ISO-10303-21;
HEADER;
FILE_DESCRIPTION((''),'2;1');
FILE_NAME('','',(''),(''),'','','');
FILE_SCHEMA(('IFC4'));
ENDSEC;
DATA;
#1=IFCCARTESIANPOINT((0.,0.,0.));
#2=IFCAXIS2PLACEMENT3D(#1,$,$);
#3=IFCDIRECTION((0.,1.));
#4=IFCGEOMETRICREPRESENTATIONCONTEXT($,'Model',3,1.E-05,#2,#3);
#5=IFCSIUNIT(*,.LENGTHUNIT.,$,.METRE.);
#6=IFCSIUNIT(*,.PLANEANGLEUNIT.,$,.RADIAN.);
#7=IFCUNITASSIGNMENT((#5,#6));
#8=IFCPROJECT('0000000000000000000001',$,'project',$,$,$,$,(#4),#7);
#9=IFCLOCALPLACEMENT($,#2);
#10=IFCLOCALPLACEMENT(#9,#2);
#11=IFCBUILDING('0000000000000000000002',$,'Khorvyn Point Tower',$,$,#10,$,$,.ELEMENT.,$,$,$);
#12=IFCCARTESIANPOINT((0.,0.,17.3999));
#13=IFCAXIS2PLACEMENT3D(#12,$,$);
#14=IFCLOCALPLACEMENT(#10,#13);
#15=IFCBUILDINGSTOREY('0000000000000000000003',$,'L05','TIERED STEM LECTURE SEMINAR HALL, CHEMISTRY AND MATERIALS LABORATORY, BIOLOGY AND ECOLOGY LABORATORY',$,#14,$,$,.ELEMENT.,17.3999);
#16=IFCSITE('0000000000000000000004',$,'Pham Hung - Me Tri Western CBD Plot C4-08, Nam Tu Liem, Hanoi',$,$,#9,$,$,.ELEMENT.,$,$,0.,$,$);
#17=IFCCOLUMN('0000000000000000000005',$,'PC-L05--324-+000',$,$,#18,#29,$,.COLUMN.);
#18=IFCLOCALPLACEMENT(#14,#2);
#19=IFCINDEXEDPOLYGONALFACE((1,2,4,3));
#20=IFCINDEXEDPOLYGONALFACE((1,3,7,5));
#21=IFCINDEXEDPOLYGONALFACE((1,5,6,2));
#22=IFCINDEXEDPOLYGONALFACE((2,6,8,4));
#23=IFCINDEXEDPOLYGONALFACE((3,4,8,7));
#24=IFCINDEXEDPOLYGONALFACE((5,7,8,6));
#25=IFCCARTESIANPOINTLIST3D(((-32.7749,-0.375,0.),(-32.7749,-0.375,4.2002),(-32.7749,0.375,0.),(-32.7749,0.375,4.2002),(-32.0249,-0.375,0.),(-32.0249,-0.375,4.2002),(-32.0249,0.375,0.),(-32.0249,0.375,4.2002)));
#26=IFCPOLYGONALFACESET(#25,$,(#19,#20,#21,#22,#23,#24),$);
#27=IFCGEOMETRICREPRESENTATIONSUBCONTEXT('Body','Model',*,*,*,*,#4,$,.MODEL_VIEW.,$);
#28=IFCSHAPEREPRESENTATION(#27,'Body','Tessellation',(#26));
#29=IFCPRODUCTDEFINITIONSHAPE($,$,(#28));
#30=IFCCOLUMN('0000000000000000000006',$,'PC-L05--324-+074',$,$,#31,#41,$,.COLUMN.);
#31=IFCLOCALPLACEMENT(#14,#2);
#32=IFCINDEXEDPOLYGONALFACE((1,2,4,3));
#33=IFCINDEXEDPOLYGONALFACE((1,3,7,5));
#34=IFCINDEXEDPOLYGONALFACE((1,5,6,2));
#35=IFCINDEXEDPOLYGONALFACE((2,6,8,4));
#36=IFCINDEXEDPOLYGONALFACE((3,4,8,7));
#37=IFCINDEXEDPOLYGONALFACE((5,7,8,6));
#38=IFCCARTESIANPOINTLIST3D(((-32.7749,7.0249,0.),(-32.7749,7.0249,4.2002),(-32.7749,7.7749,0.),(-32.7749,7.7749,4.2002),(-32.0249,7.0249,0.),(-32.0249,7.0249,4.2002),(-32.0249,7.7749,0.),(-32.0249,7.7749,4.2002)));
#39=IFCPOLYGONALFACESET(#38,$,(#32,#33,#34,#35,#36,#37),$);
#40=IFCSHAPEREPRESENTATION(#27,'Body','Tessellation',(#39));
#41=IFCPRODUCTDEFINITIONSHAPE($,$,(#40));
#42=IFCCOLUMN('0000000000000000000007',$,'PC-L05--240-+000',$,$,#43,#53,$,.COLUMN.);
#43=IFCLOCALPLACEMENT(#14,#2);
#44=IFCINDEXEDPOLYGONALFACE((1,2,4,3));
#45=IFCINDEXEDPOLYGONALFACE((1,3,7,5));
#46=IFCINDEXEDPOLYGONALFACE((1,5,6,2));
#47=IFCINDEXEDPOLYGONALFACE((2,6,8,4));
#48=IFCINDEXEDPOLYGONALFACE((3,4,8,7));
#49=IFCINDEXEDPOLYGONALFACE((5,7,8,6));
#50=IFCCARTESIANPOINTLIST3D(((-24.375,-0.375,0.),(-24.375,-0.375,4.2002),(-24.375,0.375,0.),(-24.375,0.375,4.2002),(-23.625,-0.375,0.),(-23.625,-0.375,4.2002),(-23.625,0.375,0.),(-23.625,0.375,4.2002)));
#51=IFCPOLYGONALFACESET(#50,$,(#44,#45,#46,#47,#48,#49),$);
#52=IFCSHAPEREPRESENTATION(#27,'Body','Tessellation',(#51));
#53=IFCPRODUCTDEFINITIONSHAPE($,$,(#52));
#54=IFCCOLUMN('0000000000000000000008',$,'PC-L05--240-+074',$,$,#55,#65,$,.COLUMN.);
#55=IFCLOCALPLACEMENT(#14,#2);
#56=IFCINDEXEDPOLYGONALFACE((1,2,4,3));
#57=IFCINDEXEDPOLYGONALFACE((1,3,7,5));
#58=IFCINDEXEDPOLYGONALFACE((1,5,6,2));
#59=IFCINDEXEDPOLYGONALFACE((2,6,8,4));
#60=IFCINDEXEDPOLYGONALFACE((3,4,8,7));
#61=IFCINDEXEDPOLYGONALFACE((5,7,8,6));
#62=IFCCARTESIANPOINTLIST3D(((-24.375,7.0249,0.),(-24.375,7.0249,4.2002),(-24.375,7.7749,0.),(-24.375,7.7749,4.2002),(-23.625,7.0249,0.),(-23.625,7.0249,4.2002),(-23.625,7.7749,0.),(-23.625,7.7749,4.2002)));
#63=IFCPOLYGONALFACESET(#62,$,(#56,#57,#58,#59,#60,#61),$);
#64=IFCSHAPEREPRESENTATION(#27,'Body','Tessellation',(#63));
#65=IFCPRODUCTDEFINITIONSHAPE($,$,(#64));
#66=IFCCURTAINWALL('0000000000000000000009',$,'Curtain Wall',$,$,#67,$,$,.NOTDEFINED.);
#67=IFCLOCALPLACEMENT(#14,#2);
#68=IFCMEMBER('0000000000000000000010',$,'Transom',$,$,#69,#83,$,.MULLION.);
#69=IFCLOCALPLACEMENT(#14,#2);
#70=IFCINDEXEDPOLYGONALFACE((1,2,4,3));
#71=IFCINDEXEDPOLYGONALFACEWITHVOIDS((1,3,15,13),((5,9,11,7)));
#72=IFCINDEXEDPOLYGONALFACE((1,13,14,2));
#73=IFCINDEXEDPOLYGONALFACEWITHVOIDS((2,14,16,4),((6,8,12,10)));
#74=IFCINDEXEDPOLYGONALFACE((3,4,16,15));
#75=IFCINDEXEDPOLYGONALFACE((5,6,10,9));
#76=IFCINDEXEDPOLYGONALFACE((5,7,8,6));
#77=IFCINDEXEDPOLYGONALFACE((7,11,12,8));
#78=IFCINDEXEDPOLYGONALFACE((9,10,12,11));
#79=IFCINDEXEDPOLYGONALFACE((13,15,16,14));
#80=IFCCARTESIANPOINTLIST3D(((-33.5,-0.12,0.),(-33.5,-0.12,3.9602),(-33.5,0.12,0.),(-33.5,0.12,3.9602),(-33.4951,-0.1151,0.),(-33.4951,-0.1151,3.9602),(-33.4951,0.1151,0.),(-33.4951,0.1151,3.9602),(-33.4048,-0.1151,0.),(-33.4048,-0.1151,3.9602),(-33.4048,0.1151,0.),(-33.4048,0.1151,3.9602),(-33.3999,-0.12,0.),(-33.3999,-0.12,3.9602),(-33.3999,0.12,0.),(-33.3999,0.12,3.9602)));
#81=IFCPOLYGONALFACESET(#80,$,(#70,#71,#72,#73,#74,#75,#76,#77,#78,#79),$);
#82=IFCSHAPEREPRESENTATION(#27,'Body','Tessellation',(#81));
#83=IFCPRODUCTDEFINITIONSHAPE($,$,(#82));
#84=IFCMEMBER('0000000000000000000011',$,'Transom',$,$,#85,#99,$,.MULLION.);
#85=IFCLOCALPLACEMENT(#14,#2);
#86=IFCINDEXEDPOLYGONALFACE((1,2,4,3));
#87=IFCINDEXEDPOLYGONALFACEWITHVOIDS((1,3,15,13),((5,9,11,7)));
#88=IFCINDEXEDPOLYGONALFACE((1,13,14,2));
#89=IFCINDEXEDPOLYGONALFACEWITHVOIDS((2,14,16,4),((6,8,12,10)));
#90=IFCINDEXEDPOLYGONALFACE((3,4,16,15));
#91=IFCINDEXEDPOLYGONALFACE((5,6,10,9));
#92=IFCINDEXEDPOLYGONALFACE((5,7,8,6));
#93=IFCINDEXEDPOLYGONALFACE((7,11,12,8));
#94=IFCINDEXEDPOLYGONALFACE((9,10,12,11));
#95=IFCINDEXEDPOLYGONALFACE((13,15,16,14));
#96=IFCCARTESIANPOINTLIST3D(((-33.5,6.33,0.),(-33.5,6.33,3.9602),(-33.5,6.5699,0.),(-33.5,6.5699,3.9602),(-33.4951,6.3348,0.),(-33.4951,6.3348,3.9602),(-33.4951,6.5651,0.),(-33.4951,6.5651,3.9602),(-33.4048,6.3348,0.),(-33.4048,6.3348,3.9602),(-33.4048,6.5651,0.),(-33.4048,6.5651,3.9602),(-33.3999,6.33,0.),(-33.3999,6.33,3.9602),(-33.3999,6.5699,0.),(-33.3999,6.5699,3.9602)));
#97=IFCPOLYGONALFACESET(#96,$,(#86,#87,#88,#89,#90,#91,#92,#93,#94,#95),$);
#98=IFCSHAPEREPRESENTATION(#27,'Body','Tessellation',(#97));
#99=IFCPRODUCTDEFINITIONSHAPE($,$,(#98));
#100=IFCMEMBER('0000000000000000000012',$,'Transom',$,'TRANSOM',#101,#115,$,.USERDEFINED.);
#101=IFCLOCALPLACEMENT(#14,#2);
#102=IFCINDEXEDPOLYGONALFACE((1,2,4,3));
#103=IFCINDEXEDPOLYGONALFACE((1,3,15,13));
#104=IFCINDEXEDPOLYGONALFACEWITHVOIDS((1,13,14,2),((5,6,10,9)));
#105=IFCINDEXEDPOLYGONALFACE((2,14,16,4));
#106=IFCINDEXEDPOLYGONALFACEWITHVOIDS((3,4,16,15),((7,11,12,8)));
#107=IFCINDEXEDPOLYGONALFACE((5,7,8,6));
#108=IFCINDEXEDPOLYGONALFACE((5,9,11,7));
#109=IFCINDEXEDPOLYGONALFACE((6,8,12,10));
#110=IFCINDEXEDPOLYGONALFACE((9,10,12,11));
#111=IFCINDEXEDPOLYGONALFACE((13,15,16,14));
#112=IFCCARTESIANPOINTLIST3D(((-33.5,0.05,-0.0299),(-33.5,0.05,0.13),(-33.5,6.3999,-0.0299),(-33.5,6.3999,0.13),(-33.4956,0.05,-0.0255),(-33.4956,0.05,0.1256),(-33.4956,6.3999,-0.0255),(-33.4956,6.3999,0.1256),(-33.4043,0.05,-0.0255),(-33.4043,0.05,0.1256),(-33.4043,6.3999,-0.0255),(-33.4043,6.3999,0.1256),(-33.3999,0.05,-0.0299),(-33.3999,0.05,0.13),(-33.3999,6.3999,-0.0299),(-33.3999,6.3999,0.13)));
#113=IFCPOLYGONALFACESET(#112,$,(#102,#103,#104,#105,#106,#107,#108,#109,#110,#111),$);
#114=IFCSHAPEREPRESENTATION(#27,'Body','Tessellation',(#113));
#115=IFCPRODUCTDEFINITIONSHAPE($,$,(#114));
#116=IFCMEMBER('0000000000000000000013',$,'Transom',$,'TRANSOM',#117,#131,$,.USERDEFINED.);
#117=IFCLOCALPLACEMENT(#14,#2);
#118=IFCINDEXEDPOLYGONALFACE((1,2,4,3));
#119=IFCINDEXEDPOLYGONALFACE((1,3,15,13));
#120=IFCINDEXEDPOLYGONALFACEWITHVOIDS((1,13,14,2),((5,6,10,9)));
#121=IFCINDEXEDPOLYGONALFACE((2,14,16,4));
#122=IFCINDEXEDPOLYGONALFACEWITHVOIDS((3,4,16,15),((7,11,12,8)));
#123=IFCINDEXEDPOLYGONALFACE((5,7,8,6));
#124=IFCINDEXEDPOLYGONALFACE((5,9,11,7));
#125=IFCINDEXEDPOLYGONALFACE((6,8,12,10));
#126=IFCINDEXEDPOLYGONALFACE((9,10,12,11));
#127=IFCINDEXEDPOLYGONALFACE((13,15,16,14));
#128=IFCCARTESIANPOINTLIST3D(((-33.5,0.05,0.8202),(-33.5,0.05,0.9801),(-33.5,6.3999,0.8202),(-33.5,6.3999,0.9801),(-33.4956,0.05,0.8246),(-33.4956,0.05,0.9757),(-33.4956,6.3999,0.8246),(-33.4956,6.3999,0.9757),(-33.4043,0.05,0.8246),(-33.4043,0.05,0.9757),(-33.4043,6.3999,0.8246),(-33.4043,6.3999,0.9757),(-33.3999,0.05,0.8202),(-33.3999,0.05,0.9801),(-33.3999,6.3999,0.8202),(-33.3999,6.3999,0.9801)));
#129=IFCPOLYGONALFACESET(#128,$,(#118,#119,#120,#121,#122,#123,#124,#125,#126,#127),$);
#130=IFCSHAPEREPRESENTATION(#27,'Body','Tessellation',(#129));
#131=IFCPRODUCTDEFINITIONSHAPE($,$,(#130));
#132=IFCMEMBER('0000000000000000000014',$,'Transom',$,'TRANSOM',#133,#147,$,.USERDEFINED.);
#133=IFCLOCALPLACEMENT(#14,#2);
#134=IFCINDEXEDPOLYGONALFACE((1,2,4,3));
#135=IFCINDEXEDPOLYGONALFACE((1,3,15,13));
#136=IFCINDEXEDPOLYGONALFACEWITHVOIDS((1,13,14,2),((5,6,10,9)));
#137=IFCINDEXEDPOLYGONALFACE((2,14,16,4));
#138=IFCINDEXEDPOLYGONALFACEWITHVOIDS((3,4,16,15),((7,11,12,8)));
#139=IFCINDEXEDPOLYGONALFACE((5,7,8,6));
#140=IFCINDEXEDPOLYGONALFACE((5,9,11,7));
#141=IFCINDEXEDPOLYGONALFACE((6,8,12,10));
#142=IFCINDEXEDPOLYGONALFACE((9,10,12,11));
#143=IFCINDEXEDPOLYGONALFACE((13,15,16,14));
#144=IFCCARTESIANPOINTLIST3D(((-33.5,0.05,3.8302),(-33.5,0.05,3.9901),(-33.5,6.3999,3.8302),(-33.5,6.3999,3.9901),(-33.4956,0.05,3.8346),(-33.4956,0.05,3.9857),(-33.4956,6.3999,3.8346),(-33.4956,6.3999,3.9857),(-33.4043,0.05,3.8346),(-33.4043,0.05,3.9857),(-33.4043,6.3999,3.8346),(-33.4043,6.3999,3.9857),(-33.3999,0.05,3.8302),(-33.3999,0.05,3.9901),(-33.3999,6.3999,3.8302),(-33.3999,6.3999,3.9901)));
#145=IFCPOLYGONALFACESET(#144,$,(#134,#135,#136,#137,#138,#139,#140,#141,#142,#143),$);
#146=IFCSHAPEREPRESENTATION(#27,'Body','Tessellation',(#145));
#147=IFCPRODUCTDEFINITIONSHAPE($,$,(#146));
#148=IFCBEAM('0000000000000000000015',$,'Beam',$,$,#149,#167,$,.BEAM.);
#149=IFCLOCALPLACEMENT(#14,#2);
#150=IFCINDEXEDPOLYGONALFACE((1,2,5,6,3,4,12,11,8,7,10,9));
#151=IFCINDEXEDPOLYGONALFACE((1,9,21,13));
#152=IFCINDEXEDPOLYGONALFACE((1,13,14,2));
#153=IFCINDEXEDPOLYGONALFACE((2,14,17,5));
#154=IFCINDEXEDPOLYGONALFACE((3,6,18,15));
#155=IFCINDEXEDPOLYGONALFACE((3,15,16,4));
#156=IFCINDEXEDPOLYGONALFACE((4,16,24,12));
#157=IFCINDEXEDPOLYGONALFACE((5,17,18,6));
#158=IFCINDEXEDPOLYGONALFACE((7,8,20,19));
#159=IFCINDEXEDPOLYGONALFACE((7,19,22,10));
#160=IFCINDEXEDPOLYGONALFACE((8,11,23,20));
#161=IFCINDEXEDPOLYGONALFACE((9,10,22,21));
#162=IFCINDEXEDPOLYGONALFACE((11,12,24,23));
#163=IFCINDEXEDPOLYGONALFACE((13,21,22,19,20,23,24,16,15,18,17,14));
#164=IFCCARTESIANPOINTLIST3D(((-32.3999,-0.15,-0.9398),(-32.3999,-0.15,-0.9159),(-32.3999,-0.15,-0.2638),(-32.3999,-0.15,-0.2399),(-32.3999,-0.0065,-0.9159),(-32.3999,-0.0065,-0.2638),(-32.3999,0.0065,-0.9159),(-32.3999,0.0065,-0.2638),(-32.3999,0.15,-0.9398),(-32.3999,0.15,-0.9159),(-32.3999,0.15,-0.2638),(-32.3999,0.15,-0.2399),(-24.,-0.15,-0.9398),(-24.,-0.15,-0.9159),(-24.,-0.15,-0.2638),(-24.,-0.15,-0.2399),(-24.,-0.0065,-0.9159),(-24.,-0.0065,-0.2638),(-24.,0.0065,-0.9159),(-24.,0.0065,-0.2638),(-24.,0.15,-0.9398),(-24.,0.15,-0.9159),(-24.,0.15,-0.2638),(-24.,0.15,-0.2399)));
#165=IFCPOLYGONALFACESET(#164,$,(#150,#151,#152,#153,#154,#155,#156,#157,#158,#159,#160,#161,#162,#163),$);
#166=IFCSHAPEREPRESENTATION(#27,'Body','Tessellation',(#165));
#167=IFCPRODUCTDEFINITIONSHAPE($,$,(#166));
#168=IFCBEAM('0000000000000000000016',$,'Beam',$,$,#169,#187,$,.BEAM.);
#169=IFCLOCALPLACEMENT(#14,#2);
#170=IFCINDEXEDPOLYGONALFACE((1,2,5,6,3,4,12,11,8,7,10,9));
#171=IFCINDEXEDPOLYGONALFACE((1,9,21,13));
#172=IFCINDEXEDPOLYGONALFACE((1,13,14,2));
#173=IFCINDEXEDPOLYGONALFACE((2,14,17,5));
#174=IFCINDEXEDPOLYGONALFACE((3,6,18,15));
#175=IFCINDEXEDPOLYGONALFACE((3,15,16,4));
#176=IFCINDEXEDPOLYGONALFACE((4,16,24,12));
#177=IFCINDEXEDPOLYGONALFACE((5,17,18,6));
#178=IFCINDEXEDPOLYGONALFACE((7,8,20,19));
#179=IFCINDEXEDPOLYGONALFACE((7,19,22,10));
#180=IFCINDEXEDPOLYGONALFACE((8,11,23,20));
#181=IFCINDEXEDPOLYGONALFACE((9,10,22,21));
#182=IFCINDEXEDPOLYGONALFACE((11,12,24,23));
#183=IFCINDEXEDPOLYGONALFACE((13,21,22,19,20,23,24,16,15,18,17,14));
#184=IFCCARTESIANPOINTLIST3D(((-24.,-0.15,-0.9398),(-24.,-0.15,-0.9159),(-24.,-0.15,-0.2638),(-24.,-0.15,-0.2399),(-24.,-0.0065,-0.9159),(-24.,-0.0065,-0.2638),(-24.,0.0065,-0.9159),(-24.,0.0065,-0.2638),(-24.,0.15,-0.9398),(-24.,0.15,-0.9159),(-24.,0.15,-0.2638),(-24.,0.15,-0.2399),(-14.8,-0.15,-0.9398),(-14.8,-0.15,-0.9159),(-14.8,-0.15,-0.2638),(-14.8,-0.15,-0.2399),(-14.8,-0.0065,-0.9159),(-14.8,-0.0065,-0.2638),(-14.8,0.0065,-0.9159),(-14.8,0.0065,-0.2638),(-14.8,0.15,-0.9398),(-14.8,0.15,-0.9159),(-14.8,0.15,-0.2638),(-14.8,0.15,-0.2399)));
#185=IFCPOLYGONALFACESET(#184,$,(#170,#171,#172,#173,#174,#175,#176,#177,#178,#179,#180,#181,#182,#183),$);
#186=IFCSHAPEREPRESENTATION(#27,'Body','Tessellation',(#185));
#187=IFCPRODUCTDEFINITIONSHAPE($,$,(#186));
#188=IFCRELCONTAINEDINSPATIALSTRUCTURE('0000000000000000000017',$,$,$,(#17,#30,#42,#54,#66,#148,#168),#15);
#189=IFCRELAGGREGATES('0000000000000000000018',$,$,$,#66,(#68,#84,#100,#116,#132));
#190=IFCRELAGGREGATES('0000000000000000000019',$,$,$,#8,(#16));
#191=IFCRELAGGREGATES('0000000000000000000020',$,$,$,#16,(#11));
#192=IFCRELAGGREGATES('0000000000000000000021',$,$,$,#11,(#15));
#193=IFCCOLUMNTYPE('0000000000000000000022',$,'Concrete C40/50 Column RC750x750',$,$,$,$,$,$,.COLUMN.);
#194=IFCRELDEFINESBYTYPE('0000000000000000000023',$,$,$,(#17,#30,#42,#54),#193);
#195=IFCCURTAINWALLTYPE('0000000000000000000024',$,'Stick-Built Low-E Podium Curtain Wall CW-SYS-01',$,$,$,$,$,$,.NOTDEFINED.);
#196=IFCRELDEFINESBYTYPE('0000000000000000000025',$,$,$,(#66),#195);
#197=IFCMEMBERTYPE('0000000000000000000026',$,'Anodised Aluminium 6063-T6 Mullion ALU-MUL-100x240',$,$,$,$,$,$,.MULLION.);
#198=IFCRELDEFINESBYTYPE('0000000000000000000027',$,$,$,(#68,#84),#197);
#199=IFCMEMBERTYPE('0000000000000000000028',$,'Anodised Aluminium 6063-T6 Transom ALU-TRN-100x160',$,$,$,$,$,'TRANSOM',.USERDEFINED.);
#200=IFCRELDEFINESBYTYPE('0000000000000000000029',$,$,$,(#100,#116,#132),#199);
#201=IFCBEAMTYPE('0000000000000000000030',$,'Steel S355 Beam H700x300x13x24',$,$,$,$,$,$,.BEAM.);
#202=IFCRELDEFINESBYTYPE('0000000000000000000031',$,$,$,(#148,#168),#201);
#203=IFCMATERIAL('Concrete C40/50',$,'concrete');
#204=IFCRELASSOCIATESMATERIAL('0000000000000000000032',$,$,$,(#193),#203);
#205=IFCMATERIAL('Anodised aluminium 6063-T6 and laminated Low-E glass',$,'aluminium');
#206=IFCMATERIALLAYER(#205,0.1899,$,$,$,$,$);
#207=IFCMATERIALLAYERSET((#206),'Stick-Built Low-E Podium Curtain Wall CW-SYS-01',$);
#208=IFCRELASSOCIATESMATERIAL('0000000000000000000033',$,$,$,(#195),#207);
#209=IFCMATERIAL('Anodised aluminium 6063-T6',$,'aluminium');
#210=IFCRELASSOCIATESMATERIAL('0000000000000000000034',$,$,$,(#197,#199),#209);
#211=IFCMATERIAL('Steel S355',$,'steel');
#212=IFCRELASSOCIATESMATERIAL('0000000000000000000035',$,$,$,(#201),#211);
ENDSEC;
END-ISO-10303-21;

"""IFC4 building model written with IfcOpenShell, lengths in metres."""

from ifc_helpers import new_model, si_unit, direction, frame, origin, origin_2d, place, context, subcontext, project, spatial, rectangle, hollow_rectangle, i_section, extrude, material, layer, layer_set, material_profile, profile_set, type_object, element, aggregate, save


model = new_model("IFC4")

# Units and contexts
model_context = context("Model", 3, precision=1e-05, world=origin(), true_north=direction((0.0, 1.0)))
body_context = subcontext(model_context, "Body", "Model", "MODEL_VIEW")
ifc_project = project(units=[si_unit("LENGTHUNIT", "METRE"), si_unit("PLANEANGLEUNIT", "RADIAN")], contexts=[model_context])

# Site, building, storey
site_placement = place(None, origin())
site = spatial("IfcSite", under=ifc_project, at=site_placement, Name="Pham Hung - Me Tri Western CBD Plot C4-08, Nam Tu Liem, Hanoi", CompositionType="ELEMENT", RefElevation=0.0)
building_placement = place(site_placement, origin())
building = spatial("IfcBuilding", under=site, at=building_placement, Name="Khorvyn Point Tower", CompositionType="ELEMENT")
storey_placement = place(building_placement, frame((0.0, 0.0, 17.3999)))
storey = spatial("IfcBuildingStorey", under=building, at=storey_placement, Name="L05", Description="TIERED STEM LECTURE SEMINAR HALL, CHEMISTRY AND MATERIALS LABORATORY, BIOLOGY AND ECOLOGY LABORATORY", CompositionType="ELEMENT", Elevation=17.3999)

# Columns
ifc_material_1 = material(Name="Concrete C40/50", Category="concrete")
ifc_material_profile_1 = material_profile(ifc_material_1, rectangle(XDim=0.75, YDim=0.75, at=origin_2d()))
ifc_profile_set_1 = profile_set([ifc_material_profile_1], Name="Concrete C40/50 RC750x750")
column_type = type_object("IfcColumnType", Name="Concrete C40/50 Column RC750x750", PredefinedType="COLUMN", material=ifc_profile_set_1)
for number, where, z_axis, x_axis, name in (
    (1, (-32.3999, 0.0, 0.0), (0.0, 0.0, 1.0), (1.0, 0.0, 0.0), "PC-L05--324-+000"),
    (2, (-32.3999, 7.3999, 0.0), (0.0, 0.0, 1.0), (1.0, 0.0, 0.0), "PC-L05--324-+074"),
    (3, (-24.0, 0.0, 0.0), (0.0, 0.0, 1.0), (1.0, 0.0, 0.0), "PC-L05--240-+000"),
    (4, (-24.0, 7.3999, 0.0), (0.0, 0.0, 1.0), (1.0, 0.0, 0.0), "PC-L05--240-+074"),
):
    element("IfcColumn", number, at=place(storey_placement, frame(where, z_axis=z_axis, x_axis=x_axis)), inside=storey, type_object=column_type, Name=name, PredefinedType="COLUMN", context=body_context, shape_type="SweptSolid", body=[
        extrude(rectangle(XDim=0.75, YDim=0.75, at=origin_2d()), origin(), (0.0, 0.0, 1.0), 4.2002),
    ])

# Curtain wall, members
ifc_material_2 = material(Name="Anodised aluminium 6063-T6 and laminated Low-E glass", Category="aluminium")
ifc_layer_1 = layer(ifc_material_2, 0.1899)
ifc_layer_set_1 = layer_set([ifc_layer_1], Name="Stick-Built Low-E Podium Curtain Wall CW-SYS-01")
curtain_wall_type = type_object("IfcCurtainWallType", Name="Stick-Built Low-E Podium Curtain Wall CW-SYS-01", PredefinedType="NOTDEFINED", material=ifc_layer_set_1)
curtain_wall_placement = place(storey_placement, origin())
curtain_wall = element("IfcCurtainWall", 5, at=curtain_wall_placement, inside=storey, type_object=curtain_wall_type, Name="Curtain Wall", PredefinedType="NOTDEFINED")
ifc_material_3 = material(Name="Anodised aluminium 6063-T6", Category="aluminium")
ifc_material_profile_2 = material_profile(ifc_material_3, hollow_rectangle(XDim=0.1001, YDim=0.24, WallThickness=0.0049, at=origin_2d()))
ifc_profile_set_2 = profile_set([ifc_material_profile_2], Name="Anodised aluminium 6063-T6 ALU-MUL-100x240")
member_type_1 = type_object("IfcMemberType", Name="Anodised Aluminium 6063-T6 Mullion ALU-MUL-100x240", PredefinedType="MULLION", material=ifc_profile_set_2)
member_1_placement = place(storey_placement, frame((-33.45, 0.0, 0.0), z_axis=(0.0, 0.0, 1.0), x_axis=(-1.0, 0.0, 0.0)))
member_1 = element("IfcMember", 6, at=member_1_placement, type_object=member_type_1, Name="Transom", PredefinedType="MULLION", context=body_context, shape_type="SweptSolid", body=[
    extrude(hollow_rectangle(XDim=0.1001, YDim=0.24, WallThickness=0.0049, at=origin_2d()), origin(), (0.0, 0.0, 1.0), 3.9602),
])
member_2_placement = place(storey_placement, frame((-33.45, 6.45, 0.0), z_axis=(0.0, 0.0, 1.0), x_axis=(-1.0, 0.0, 0.0)))
member_2 = element("IfcMember", 7, at=member_2_placement, type_object=member_type_1, Name="Transom", PredefinedType="MULLION", context=body_context, shape_type="SweptSolid", body=[
    extrude(hollow_rectangle(XDim=0.1001, YDim=0.24, WallThickness=0.0049, at=origin_2d()), origin(), (0.0, 0.0, 1.0), 3.9602),
])
ifc_material_profile_3 = material_profile(ifc_material_3, hollow_rectangle(XDim=0.1001, YDim=0.1599, WallThickness=0.0044, at=origin_2d()))
ifc_profile_set_3 = profile_set([ifc_material_profile_3], Name="Anodised aluminium 6063-T6 ALU-TRN-100x160")
member_type_2 = type_object("IfcMemberType", Name="Anodised Aluminium 6063-T6 Transom ALU-TRN-100x160", ElementType="TRANSOM", PredefinedType="USERDEFINED", material=ifc_profile_set_3)
member_3_placement = place(storey_placement, frame((-33.45, 0.05, 0.05), z_axis=(0.0, 1.0, 0.0), x_axis=(-1.0, 0.0, 0.0)))
member_3 = element("IfcMember", 8, at=member_3_placement, type_object=member_type_2, Name="Transom", ObjectType="TRANSOM", PredefinedType="USERDEFINED", context=body_context, shape_type="SweptSolid", body=[
    extrude(hollow_rectangle(XDim=0.1001, YDim=0.1599, WallThickness=0.0044, at=origin_2d()), origin(), (0.0, 0.0, 1.0), 6.3499),
])
member_4_placement = place(storey_placement, frame((-33.45, 0.05, 0.9001), z_axis=(0.0, 1.0, 0.0), x_axis=(-1.0, 0.0, 0.0)))
member_4 = element("IfcMember", 9, at=member_4_placement, type_object=member_type_2, Name="Transom", ObjectType="TRANSOM", PredefinedType="USERDEFINED", context=body_context, shape_type="SweptSolid", body=[
    extrude(hollow_rectangle(XDim=0.1001, YDim=0.1599, WallThickness=0.0044, at=origin_2d()), origin(), (0.0, 0.0, 1.0), 6.3499),
])
member_5_placement = place(storey_placement, frame((-33.45, 0.05, 3.9102), z_axis=(0.0, 1.0, 0.0), x_axis=(-1.0, 0.0, 0.0)))
member_5 = element("IfcMember", 10, at=member_5_placement, type_object=member_type_2, Name="Transom", ObjectType="TRANSOM", PredefinedType="USERDEFINED", context=body_context, shape_type="SweptSolid", body=[
    extrude(hollow_rectangle(XDim=0.1001, YDim=0.1599, WallThickness=0.0044, at=origin_2d()), origin(), (0.0, 0.0, 1.0), 6.3499),
])

# Beams
ifc_material_4 = material(Name="Steel S355", Category="steel")
ifc_material_profile_4 = material_profile(ifc_material_4, i_section(OverallWidth=0.3, OverallDepth=0.7, WebThickness=0.0129, FlangeThickness=0.0239, at=origin_2d()))
ifc_profile_set_4 = profile_set([ifc_material_profile_4], Name="Steel S355 H700x300x13x24")
beam_type_1 = type_object("IfcBeamType", Name="Steel S355 Beam H700x300x13x24", PredefinedType="BEAM", material=ifc_profile_set_4)
beam_1_placement = place(storey_placement, frame((-32.3999, 0.0, -0.5898), z_axis=(1.0, 0.0, 0.0), x_axis=(0.0, 1.0, 0.0)))
element("IfcBeam", 11, at=beam_1_placement, inside=storey, type_object=beam_type_1, Name="Beam", PredefinedType="BEAM", context=body_context, shape_type="SweptSolid", body=[
    extrude(i_section(OverallWidth=0.3, OverallDepth=0.7, WebThickness=0.0129, FlangeThickness=0.0239, at=origin_2d()), origin(), (0.0, 0.0, 1.0), 8.3999),
])
beam_2_placement = place(storey_placement, frame((-24.0, 0.0, -0.5898), z_axis=(1.0, 0.0, 0.0), x_axis=(0.0, 1.0, 0.0)))
element("IfcBeam", 12, at=beam_2_placement, inside=storey, type_object=beam_type_1, Name="Beam", PredefinedType="BEAM", context=body_context, shape_type="SweptSolid", body=[
    extrude(i_section(OverallWidth=0.3, OverallDepth=0.7, WebThickness=0.0129, FlangeThickness=0.0239, at=origin_2d()), origin(), (0.0, 0.0, 1.0), 9.2),
])

aggregate(curtain_wall, [member_1, member_2, member_3, member_4, member_5])

save(model, "model.ifc")
